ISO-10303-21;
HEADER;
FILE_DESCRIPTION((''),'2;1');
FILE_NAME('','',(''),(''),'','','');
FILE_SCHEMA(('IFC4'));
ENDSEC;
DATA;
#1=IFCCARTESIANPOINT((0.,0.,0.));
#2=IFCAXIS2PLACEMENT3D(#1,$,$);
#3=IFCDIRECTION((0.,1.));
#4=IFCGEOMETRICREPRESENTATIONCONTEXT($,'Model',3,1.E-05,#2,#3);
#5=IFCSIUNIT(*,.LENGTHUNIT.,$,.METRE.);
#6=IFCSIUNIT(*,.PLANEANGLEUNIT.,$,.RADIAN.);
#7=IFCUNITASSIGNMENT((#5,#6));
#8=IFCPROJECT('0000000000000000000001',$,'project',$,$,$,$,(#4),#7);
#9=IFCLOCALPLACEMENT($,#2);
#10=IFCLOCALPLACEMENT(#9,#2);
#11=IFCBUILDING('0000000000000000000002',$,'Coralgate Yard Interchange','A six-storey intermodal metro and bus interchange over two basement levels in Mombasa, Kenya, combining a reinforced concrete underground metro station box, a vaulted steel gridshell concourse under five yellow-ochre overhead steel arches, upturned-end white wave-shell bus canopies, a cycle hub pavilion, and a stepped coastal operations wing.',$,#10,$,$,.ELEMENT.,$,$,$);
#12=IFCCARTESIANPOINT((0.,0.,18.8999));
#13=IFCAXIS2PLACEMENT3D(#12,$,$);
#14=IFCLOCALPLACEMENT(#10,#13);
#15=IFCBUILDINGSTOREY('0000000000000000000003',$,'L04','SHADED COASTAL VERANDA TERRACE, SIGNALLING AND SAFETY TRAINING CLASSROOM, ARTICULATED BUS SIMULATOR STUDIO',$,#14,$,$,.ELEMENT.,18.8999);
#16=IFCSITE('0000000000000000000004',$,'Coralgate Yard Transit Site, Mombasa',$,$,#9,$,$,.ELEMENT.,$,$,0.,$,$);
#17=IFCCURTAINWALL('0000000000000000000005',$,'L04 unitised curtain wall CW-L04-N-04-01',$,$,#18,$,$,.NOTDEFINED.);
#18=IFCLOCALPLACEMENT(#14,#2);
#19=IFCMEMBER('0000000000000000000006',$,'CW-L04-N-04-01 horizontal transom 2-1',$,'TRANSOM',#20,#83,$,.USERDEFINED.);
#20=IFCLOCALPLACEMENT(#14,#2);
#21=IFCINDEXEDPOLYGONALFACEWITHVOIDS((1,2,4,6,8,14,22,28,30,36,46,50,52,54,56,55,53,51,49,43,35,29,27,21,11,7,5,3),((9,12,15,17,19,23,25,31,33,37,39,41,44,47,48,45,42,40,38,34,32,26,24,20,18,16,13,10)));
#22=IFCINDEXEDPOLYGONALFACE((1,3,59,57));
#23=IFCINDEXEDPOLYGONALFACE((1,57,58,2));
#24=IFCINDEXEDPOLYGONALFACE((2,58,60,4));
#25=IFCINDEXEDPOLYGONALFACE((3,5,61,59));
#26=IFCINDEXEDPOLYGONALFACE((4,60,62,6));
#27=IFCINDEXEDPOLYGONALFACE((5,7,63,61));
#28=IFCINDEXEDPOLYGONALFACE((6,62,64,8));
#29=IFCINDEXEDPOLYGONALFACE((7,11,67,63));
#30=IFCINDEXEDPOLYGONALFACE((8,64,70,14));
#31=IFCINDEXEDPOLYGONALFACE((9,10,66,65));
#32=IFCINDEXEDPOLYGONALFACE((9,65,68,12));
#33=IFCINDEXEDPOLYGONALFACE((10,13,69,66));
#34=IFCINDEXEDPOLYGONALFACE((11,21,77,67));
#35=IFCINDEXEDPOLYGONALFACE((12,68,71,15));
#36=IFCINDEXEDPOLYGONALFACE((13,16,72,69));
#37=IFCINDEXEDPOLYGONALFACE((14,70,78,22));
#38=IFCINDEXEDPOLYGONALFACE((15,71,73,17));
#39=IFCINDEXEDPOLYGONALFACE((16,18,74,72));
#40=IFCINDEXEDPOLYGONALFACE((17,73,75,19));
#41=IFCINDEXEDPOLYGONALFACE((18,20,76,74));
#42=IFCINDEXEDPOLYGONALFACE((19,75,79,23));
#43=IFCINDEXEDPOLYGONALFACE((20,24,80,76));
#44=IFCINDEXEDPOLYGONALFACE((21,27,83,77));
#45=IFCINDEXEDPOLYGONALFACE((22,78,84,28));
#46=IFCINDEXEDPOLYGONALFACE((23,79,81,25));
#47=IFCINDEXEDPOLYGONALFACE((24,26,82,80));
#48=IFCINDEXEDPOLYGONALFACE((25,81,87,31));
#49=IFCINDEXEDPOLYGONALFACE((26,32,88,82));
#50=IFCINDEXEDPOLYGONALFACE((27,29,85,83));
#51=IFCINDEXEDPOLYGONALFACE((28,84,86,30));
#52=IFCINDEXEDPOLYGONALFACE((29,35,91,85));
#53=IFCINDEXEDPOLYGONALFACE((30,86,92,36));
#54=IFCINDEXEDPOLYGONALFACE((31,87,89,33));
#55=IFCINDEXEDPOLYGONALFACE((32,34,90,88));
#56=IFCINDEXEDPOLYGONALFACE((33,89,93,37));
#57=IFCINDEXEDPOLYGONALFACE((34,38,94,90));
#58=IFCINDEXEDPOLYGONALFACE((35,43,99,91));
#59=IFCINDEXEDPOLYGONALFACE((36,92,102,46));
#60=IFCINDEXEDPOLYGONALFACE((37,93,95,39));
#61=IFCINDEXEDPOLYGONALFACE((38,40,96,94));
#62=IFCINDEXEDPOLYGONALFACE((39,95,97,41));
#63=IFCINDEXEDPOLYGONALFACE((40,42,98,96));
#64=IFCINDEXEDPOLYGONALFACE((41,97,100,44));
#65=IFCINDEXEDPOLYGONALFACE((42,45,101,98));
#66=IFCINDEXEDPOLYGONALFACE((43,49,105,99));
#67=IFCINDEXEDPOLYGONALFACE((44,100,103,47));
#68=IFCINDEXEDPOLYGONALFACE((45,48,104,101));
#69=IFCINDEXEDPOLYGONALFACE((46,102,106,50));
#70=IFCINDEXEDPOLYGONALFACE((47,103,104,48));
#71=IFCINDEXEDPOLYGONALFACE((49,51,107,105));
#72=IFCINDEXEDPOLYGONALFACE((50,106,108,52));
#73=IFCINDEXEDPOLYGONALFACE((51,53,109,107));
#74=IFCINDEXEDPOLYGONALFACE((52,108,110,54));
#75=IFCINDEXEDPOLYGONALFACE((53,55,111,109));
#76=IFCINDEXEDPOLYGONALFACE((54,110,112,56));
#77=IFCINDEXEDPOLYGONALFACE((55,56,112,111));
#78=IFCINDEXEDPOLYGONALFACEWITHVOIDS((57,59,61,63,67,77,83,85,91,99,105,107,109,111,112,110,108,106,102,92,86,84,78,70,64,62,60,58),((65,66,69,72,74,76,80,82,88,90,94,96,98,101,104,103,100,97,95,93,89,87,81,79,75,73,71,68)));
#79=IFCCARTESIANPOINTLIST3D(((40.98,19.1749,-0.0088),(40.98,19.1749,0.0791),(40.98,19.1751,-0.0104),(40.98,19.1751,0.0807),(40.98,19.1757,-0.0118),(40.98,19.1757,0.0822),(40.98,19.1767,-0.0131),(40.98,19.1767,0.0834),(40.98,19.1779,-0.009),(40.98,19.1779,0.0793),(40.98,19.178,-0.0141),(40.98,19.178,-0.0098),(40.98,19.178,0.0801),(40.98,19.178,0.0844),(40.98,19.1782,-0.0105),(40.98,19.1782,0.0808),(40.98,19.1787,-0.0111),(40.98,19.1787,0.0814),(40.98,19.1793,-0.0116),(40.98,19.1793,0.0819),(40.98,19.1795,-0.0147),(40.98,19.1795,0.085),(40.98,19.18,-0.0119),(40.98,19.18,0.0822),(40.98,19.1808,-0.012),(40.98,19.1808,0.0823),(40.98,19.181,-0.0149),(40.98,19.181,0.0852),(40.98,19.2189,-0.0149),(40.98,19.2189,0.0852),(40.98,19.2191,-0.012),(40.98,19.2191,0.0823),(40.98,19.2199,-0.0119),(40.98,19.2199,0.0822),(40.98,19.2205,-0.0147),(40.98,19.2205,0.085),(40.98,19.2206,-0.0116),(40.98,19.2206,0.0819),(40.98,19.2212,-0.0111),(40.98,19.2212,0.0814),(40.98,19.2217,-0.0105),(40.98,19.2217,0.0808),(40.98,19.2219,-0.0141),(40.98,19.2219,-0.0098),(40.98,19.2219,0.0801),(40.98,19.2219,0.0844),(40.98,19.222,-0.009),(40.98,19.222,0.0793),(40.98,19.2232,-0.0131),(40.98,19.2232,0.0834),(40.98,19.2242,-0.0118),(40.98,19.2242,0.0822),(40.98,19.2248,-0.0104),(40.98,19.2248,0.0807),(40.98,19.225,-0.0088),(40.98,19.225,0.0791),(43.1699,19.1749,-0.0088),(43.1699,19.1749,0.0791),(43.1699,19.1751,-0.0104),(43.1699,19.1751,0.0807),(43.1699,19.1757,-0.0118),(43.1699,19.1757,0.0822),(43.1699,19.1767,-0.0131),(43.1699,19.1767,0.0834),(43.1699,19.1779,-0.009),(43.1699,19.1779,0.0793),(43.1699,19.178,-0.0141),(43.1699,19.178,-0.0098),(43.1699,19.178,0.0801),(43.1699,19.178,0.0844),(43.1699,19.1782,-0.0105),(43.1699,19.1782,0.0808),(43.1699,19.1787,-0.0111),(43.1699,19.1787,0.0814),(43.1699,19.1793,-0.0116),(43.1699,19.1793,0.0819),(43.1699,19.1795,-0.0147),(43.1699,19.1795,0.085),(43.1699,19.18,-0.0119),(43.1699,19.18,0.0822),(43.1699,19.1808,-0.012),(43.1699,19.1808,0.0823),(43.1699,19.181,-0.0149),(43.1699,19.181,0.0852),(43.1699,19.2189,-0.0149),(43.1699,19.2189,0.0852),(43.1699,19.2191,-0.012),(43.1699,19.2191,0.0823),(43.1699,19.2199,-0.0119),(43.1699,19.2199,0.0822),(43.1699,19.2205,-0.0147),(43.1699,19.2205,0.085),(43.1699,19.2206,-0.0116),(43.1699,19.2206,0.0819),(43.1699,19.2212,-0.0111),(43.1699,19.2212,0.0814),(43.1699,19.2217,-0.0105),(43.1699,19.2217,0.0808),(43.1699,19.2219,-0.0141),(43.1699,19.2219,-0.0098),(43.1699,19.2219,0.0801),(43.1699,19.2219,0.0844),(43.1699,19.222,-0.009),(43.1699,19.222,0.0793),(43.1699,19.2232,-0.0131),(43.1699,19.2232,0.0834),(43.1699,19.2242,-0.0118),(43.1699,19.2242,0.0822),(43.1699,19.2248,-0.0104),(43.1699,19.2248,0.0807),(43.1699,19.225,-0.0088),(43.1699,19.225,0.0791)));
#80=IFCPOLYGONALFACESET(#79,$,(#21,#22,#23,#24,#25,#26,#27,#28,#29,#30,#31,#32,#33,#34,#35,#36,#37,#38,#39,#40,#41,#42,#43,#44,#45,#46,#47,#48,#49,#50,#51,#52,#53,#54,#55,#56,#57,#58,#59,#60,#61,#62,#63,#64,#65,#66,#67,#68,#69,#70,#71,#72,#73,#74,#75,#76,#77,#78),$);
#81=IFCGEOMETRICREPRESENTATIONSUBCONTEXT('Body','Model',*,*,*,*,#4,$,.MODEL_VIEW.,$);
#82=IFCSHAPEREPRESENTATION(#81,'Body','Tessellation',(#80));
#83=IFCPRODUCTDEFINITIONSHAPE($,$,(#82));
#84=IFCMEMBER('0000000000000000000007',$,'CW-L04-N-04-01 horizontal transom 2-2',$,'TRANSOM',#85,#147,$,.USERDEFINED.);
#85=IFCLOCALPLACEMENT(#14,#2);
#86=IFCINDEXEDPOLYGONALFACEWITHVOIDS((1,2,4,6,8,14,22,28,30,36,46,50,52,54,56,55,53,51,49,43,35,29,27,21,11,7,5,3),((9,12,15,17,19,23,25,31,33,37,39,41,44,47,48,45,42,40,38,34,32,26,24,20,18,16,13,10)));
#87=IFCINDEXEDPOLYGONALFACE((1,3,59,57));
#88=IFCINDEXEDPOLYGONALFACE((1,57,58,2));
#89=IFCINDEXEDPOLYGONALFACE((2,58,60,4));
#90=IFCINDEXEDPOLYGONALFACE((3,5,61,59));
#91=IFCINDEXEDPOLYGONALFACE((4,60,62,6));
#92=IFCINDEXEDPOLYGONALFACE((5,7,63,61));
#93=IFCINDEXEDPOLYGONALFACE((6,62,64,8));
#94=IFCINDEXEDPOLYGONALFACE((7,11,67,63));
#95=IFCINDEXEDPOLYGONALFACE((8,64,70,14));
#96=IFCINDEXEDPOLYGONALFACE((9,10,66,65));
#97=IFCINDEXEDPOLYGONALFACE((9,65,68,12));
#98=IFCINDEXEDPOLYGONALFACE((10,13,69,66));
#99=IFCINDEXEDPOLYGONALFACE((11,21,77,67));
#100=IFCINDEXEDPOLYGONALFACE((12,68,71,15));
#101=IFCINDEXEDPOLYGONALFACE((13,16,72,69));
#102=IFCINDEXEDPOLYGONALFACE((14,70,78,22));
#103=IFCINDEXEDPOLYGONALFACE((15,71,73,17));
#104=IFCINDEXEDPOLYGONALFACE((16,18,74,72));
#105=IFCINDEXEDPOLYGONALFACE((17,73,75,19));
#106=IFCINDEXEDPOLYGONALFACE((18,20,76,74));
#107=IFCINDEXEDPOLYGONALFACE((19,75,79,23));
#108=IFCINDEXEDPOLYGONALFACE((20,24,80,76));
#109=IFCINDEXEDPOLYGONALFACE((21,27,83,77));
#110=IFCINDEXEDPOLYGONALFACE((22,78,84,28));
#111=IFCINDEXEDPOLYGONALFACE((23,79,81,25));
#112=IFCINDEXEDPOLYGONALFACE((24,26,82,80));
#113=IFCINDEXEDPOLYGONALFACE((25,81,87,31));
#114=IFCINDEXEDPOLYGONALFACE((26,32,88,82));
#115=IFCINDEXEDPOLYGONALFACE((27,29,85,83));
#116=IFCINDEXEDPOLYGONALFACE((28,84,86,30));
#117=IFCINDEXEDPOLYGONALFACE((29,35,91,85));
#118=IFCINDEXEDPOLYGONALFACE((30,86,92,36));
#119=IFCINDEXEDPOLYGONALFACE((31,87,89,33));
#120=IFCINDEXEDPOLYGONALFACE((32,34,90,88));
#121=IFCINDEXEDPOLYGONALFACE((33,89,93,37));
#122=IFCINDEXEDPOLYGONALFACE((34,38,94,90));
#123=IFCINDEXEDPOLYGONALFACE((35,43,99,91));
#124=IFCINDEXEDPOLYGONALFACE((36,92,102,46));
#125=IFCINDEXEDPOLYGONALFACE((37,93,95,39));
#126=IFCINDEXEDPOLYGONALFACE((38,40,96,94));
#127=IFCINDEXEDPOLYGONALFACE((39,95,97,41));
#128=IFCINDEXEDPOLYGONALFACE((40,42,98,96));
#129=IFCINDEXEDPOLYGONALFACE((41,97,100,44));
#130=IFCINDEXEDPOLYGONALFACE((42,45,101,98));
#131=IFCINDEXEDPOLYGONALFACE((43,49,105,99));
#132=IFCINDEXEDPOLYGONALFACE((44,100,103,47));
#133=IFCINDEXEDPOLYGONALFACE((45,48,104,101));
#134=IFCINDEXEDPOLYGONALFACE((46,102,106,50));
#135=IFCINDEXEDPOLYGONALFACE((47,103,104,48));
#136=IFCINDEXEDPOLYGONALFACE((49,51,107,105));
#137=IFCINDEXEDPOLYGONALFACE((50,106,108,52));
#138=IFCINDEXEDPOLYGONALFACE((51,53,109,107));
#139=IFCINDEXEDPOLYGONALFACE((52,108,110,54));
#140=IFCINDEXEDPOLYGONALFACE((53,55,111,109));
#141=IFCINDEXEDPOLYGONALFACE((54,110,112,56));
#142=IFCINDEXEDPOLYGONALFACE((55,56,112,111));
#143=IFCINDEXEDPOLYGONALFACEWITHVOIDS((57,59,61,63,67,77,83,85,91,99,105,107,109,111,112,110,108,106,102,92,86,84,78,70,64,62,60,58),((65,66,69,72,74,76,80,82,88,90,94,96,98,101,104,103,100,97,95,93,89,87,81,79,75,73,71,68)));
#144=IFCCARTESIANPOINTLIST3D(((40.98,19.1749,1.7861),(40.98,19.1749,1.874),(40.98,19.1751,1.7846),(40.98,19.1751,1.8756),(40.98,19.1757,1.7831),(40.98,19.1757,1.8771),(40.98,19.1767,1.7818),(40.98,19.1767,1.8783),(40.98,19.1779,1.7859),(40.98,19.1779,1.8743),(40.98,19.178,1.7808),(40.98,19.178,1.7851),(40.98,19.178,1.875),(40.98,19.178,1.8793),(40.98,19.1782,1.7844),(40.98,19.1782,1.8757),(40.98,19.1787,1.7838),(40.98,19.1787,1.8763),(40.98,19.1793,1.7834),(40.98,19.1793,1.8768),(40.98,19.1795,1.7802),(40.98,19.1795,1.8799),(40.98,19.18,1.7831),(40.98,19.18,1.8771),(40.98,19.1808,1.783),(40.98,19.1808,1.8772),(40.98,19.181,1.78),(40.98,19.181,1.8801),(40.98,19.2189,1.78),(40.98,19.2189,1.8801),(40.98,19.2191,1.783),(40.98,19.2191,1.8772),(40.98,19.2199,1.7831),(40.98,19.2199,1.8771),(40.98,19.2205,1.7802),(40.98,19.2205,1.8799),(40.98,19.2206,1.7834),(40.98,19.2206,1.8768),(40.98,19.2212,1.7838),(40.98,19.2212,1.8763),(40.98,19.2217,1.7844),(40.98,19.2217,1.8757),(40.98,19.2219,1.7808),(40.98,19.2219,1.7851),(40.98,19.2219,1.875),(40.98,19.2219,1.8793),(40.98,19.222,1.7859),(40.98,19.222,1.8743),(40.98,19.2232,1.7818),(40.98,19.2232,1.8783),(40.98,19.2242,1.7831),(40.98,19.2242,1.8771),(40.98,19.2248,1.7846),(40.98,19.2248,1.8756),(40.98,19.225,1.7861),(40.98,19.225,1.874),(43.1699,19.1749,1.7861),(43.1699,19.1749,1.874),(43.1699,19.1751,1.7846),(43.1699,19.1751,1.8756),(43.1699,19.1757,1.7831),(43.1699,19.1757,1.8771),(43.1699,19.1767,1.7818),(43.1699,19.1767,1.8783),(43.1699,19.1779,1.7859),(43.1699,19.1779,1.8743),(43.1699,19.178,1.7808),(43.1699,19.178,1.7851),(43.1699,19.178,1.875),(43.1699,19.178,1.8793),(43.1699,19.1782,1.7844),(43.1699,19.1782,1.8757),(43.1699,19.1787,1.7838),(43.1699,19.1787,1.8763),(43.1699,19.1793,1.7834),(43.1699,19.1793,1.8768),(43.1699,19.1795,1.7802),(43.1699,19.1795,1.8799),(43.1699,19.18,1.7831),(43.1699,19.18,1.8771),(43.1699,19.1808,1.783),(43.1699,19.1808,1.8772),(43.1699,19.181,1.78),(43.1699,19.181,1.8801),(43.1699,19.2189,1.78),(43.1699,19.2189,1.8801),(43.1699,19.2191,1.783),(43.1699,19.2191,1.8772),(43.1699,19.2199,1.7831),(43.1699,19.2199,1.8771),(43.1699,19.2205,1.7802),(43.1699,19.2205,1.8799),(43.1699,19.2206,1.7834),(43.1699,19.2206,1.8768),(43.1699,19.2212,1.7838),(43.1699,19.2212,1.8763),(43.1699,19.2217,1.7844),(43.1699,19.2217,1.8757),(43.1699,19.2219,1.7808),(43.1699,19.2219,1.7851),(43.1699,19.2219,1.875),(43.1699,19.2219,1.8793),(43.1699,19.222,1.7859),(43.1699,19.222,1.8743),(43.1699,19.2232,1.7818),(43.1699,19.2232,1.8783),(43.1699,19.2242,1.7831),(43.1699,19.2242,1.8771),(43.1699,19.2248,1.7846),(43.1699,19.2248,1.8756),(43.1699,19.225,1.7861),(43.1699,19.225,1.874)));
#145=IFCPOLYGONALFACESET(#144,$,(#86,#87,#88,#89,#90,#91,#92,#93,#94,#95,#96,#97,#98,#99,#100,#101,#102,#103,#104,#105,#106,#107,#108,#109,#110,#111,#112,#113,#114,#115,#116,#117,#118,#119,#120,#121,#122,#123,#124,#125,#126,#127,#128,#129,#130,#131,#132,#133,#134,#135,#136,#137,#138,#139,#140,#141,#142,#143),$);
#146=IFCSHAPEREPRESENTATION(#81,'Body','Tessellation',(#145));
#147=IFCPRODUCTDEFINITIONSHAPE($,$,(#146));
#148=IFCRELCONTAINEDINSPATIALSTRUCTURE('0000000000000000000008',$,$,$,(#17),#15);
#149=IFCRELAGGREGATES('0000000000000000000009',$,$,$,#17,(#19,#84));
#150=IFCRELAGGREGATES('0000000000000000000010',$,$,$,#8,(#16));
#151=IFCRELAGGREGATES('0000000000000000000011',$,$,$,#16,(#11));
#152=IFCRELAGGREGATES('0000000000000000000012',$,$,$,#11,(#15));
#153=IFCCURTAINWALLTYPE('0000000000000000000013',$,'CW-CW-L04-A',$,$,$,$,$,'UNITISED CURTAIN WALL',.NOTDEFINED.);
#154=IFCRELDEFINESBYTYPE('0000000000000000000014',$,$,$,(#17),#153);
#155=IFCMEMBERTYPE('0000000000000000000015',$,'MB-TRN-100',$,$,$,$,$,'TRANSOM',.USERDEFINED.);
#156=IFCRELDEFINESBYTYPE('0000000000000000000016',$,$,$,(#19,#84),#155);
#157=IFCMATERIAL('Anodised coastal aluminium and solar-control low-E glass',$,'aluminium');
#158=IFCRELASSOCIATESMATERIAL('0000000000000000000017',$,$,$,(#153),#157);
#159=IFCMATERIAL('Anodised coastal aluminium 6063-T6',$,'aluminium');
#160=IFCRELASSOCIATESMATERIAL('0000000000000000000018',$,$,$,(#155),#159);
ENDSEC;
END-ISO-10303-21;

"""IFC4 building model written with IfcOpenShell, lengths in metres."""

from ifc_helpers import new_model, si_unit, direction, frame, origin, origin_2d, place, context, subcontext, project, spatial, hollow_rectangle, extrude, material, material_profile, profile_set, type_object, element, aggregate, save


model = new_model("IFC4")

# Units and contexts
model_context = context("Model", 3, precision=1e-05, world=origin(), true_north=direction((0.0, 1.0)))
body_context = subcontext(model_context, "Body", "Model", "MODEL_VIEW")
ifc_project = project(units=[si_unit("LENGTHUNIT", "METRE"), si_unit("PLANEANGLEUNIT", "RADIAN")], contexts=[model_context])

# Site, building, storey
site_placement = place(None, origin())
site = spatial("IfcSite", under=ifc_project, at=site_placement, Name="Coralgate Yard Transit Site, Mombasa", CompositionType="ELEMENT", RefElevation=0.0)
building_placement = place(site_placement, origin())
building = spatial("IfcBuilding", under=site, at=building_placement, Name="Coralgate Yard Interchange", Description="A six-storey intermodal metro and bus interchange over two basement levels in Mombasa, Kenya, combining a reinforced concrete underground metro station box, a vaulted steel gridshell concourse under five yellow-ochre overhead steel arches, upturned-end white wave-shell bus canopies, a cycle hub pavilion, and a stepped coastal operations wing.", CompositionType="ELEMENT")
storey_placement = place(building_placement, frame((0.0, 0.0, 18.8999)))
storey = spatial("IfcBuildingStorey", under=building, at=storey_placement, Name="L04", Description="SHADED COASTAL VERANDA TERRACE, SIGNALLING AND SAFETY TRAINING CLASSROOM, ARTICULATED BUS SIMULATOR STUDIO", CompositionType="ELEMENT", Elevation=18.8999)

# Curtain wall, members
ifc_material_1 = material(Name="Anodised coastal aluminium and solar-control low-E glass", Category="aluminium")
curtain_wall_type = type_object("IfcCurtainWallType", Name="CW-CW-L04-A", ElementType="UNITISED CURTAIN WALL", PredefinedType="NOTDEFINED", material=ifc_material_1)
curtain_wall_placement = place(storey_placement, origin())
curtain_wall = element("IfcCurtainWall", 1, at=curtain_wall_placement, inside=storey, type_object=curtain_wall_type, Name="L04 unitised curtain wall CW-L04-N-04-01", PredefinedType="NOTDEFINED")
ifc_material_2 = material(Name="Anodised coastal aluminium 6063-T6", Category="aluminium")
ifc_material_profile_1 = material_profile(ifc_material_2, hollow_rectangle(XDim=0.05, YDim=0.1001, WallThickness=0.0029, InnerFilletRadius=0.0029, OuterFilletRadius=0.0061, at=origin_2d()), Name="ALU 50x100x3")
ifc_profile_set_1 = profile_set([ifc_material_profile_1], Name="Anodised coastal aluminium 6063-T6")
member_type_1 = type_object("IfcMemberType", Name="MB-TRN-100", ElementType="TRANSOM", PredefinedType="USERDEFINED", material=ifc_profile_set_1)
member_1_placement = place(storey_placement, frame((40.98, 19.2, 0.0352), z_axis=(1.0, 0.0, 0.0), x_axis=(0.0, 1.0, 0.0)))
member_1 = element("IfcMember", 2, at=member_1_placement, type_object=member_type_1, Name="CW-L04-N-04-01 horizontal transom 2-1", ObjectType="TRANSOM", PredefinedType="USERDEFINED", context=body_context, shape_type="SweptSolid", body=[
    extrude(hollow_rectangle(XDim=0.05, YDim=0.1001, WallThickness=0.0029, InnerFilletRadius=0.0029, OuterFilletRadius=0.0061, at=origin_2d()), origin(), (0.0, 0.0, 1.0), 2.1899),
])
member_2_placement = place(storey_placement, frame((40.98, 19.2, 1.8301), z_axis=(1.0, 0.0, 0.0), x_axis=(0.0, 1.0, 0.0)))
member_2 = element("IfcMember", 3, at=member_2_placement, type_object=member_type_1, Name="CW-L04-N-04-01 horizontal transom 2-2", ObjectType="TRANSOM", PredefinedType="USERDEFINED", context=body_context, shape_type="SweptSolid", body=[
    extrude(hollow_rectangle(XDim=0.05, YDim=0.1001, WallThickness=0.0029, InnerFilletRadius=0.0029, OuterFilletRadius=0.0061, at=origin_2d()), origin(), (0.0, 0.0, 1.0), 2.1899),
])
aggregate(curtain_wall, [member_1, member_2])

save(model, "model.ifc")
